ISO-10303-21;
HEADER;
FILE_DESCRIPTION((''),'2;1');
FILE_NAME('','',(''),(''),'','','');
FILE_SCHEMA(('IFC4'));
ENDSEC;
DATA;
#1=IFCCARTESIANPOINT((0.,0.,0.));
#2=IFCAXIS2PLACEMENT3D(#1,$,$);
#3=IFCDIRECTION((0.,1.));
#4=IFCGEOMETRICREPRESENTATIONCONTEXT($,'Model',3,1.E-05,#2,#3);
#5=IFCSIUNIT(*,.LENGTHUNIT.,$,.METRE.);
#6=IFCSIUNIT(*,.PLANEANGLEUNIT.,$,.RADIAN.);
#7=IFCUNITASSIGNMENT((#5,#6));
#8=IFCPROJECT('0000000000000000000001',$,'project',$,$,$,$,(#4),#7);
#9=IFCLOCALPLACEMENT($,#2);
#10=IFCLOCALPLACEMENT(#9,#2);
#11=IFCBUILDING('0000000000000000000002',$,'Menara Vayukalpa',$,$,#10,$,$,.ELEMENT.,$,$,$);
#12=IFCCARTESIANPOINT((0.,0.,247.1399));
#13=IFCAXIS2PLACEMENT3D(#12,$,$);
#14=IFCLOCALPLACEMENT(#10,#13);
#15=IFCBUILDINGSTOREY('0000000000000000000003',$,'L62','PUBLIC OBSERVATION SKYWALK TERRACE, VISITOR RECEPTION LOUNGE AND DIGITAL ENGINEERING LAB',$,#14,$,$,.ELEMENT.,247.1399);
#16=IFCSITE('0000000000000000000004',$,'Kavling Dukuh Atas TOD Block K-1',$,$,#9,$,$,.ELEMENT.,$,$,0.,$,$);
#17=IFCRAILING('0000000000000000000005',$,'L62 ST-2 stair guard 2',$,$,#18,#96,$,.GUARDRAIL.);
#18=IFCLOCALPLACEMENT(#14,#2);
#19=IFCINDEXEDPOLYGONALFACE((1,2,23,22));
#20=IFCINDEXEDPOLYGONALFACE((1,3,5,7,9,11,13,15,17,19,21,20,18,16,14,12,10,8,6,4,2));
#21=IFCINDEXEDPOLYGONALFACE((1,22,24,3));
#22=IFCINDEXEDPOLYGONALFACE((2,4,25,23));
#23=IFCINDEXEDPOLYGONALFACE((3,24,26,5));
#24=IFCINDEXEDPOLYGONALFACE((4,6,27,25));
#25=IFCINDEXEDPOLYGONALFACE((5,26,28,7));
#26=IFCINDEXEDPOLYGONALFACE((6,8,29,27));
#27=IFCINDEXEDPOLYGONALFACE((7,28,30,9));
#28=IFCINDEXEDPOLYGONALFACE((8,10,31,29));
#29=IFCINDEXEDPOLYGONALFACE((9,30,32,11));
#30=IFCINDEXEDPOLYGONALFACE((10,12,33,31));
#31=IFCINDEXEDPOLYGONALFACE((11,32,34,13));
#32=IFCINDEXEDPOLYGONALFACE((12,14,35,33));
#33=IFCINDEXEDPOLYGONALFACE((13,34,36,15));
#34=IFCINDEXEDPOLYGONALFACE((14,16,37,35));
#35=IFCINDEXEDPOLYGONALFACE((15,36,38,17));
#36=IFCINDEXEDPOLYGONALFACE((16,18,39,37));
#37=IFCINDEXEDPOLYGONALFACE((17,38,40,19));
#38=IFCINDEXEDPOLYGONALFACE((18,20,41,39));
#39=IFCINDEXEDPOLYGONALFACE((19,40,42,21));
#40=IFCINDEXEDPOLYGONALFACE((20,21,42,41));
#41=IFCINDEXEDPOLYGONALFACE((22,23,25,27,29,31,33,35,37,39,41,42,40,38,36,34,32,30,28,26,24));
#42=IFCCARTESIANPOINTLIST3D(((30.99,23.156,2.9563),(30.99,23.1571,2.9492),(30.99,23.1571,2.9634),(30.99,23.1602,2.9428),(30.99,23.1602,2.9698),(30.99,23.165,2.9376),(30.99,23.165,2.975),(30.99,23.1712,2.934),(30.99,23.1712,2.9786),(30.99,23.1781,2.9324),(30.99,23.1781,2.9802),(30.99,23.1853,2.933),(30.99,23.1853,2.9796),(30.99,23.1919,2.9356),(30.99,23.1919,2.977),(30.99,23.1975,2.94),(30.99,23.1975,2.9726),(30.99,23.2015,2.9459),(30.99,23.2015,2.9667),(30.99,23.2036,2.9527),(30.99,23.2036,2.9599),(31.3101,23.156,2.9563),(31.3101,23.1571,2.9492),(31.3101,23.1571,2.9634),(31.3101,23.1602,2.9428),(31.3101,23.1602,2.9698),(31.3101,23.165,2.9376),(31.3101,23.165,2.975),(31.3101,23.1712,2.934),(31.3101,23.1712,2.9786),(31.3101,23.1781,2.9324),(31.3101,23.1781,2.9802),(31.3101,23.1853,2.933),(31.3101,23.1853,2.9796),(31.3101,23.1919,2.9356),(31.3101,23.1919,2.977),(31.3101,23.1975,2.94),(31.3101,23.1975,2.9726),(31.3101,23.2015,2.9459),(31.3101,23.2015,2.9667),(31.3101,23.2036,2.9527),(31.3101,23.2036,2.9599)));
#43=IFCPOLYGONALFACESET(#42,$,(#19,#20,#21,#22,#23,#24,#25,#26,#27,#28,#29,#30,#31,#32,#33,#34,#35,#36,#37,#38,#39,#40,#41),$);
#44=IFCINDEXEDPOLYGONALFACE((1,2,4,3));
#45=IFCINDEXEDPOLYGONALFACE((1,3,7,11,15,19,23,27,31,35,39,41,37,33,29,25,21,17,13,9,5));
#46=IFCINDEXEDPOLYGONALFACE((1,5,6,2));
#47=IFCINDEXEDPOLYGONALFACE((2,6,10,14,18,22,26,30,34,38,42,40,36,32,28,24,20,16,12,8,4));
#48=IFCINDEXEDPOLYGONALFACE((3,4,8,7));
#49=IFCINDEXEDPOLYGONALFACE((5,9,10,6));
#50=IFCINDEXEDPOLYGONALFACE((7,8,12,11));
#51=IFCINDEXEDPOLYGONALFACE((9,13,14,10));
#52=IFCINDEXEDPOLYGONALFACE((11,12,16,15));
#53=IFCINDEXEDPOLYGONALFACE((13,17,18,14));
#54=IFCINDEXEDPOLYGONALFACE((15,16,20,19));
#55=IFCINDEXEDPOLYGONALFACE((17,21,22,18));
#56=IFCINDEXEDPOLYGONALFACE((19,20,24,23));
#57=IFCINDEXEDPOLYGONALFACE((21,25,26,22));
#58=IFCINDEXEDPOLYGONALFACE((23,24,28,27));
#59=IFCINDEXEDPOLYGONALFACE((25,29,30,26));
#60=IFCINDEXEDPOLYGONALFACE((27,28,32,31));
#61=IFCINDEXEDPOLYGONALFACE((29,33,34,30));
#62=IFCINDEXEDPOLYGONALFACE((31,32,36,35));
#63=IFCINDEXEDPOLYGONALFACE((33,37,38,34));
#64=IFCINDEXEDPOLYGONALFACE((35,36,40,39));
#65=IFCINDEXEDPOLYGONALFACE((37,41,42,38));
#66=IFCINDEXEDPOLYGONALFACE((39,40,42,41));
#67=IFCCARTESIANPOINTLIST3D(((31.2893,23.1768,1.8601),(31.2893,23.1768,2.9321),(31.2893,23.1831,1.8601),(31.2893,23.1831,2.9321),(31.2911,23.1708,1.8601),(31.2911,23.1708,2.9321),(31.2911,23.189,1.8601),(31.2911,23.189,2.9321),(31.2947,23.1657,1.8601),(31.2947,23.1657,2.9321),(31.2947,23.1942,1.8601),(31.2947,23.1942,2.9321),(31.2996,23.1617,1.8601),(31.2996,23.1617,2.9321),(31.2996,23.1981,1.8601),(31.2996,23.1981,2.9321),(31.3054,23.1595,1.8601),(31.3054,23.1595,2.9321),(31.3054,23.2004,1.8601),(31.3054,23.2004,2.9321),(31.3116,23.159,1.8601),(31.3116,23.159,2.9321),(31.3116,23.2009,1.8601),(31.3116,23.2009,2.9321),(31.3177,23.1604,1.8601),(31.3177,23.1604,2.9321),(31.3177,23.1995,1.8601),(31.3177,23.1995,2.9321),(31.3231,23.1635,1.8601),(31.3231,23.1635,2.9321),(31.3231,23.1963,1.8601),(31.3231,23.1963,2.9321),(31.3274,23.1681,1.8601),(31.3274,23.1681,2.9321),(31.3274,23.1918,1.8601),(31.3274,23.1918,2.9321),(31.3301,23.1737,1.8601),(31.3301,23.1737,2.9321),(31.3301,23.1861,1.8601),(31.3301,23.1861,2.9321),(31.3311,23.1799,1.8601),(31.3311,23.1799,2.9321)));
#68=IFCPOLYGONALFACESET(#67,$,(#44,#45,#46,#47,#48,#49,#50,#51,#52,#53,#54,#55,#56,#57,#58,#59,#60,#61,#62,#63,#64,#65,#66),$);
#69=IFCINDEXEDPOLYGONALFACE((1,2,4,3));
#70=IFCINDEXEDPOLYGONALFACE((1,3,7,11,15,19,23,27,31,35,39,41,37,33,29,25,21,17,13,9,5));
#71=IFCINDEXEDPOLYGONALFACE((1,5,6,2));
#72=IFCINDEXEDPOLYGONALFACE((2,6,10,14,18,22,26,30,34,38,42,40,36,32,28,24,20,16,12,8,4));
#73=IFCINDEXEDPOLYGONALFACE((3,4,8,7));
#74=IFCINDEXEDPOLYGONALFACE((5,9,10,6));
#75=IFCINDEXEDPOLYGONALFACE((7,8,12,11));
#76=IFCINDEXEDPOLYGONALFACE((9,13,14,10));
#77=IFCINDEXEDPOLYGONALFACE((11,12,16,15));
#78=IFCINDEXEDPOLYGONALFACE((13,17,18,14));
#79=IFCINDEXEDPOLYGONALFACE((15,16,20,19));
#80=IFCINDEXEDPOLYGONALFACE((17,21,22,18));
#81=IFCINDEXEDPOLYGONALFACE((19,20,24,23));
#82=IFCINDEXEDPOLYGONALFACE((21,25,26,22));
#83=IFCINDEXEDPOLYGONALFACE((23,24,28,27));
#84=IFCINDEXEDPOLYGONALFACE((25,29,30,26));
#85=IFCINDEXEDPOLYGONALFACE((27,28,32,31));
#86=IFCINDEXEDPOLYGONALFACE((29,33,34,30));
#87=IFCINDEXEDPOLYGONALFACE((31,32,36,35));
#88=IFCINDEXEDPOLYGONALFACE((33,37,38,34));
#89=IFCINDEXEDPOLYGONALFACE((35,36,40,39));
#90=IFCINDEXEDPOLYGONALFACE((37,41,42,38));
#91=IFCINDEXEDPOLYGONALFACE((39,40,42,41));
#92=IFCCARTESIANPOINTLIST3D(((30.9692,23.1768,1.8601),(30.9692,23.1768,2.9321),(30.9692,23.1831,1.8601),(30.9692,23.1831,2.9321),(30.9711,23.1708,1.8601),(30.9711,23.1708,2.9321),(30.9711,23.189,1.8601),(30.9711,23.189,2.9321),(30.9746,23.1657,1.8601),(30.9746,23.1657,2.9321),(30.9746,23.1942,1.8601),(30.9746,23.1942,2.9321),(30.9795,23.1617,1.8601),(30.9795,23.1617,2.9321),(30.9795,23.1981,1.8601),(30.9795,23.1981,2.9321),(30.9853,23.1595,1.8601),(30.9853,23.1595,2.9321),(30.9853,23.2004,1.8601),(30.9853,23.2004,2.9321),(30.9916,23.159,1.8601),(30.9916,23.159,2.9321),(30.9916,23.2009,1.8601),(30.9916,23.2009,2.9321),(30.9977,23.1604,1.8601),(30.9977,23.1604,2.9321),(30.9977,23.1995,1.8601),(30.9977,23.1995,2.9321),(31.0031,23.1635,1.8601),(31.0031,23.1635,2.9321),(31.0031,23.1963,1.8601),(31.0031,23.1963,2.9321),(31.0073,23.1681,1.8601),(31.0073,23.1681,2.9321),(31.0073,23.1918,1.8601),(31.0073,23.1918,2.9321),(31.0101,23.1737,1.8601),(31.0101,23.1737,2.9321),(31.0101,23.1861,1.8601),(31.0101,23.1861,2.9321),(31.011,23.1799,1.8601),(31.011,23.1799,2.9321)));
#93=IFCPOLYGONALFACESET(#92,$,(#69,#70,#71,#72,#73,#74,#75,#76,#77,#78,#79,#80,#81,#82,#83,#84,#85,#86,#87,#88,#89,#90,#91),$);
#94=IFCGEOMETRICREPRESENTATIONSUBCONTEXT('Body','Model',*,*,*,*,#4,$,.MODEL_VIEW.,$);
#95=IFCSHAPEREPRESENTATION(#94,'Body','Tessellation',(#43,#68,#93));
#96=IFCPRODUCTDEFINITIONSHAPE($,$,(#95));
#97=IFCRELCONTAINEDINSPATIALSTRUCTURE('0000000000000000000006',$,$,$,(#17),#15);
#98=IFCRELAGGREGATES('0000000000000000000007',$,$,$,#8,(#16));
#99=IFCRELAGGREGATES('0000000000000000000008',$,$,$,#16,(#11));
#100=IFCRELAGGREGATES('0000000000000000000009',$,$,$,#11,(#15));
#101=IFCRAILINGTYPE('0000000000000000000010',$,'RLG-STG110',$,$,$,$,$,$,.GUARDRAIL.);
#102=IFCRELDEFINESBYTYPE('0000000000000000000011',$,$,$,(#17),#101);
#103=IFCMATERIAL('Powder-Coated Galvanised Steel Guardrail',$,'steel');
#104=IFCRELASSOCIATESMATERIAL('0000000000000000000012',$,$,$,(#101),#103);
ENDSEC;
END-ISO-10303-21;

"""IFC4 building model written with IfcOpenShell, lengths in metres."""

from ifc_helpers import new_model, si_unit, direction, frame, origin, origin_2d, place, context, subcontext, project, spatial, circle, extrude, material, type_object, element, save


model = new_model("IFC4")

# Units and contexts
model_context = context("Model", 3, precision=1e-05, world=origin(), true_north=direction((0.0, 1.0)))
body_context = subcontext(model_context, "Body", "Model", "MODEL_VIEW")
ifc_project = project(units=[si_unit("LENGTHUNIT", "METRE"), si_unit("PLANEANGLEUNIT", "RADIAN")], contexts=[model_context])

# Site, building, storey
site_placement = place(None, origin())
site = spatial("IfcSite", under=ifc_project, at=site_placement, Name="Kavling Dukuh Atas TOD Block K-1", CompositionType="ELEMENT", RefElevation=0.0)
building_placement = place(site_placement, origin())
building = spatial("IfcBuilding", under=site, at=building_placement, Name="Menara Vayukalpa", CompositionType="ELEMENT")
storey_placement = place(building_placement, frame((0.0, 0.0, 247.1399)))
storey = spatial("IfcBuildingStorey", under=building, at=storey_placement, Name="L62", Description="PUBLIC OBSERVATION SKYWALK TERRACE, VISITOR RECEPTION LOUNGE AND DIGITAL ENGINEERING LAB", CompositionType="ELEMENT", Elevation=247.1399)

# Railing
ifc_material_1 = material(Name="Powder-Coated Galvanised Steel Guardrail", Category="steel")
railing_type_1 = type_object("IfcRailingType", Name="RLG-STG110", PredefinedType="GUARDRAIL", material=ifc_material_1)
railing_1_placement = place(storey_placement, frame((31.3101, 23.1799, 1.8601)))
element("IfcRailing", 1, at=railing_1_placement, inside=storey, type_object=railing_type_1, Name="L62 ST-2 stair guard 2", PredefinedType="GUARDRAIL", context=body_context, shape_type="SweptSolid", body=[
    extrude(circle(Radius=0.0239, at=origin_2d()), frame((0.0, 0.0, 1.0962), z_axis=(-1.0, 0.0, 0.0), x_axis=(0.0, -1.0, 0.0)), (0.0, 0.0, 1.0), 0.3201),
    extrude(circle(Radius=0.021, at=origin_2d()), origin(), (0.0, 0.0, 1.0), 1.072),
    extrude(circle(Radius=0.021, at=origin_2d()), frame((-0.3201, 0.0, 0.0)), (0.0, 0.0, 1.0), 1.072),
])

save(model, "model.ifc")
